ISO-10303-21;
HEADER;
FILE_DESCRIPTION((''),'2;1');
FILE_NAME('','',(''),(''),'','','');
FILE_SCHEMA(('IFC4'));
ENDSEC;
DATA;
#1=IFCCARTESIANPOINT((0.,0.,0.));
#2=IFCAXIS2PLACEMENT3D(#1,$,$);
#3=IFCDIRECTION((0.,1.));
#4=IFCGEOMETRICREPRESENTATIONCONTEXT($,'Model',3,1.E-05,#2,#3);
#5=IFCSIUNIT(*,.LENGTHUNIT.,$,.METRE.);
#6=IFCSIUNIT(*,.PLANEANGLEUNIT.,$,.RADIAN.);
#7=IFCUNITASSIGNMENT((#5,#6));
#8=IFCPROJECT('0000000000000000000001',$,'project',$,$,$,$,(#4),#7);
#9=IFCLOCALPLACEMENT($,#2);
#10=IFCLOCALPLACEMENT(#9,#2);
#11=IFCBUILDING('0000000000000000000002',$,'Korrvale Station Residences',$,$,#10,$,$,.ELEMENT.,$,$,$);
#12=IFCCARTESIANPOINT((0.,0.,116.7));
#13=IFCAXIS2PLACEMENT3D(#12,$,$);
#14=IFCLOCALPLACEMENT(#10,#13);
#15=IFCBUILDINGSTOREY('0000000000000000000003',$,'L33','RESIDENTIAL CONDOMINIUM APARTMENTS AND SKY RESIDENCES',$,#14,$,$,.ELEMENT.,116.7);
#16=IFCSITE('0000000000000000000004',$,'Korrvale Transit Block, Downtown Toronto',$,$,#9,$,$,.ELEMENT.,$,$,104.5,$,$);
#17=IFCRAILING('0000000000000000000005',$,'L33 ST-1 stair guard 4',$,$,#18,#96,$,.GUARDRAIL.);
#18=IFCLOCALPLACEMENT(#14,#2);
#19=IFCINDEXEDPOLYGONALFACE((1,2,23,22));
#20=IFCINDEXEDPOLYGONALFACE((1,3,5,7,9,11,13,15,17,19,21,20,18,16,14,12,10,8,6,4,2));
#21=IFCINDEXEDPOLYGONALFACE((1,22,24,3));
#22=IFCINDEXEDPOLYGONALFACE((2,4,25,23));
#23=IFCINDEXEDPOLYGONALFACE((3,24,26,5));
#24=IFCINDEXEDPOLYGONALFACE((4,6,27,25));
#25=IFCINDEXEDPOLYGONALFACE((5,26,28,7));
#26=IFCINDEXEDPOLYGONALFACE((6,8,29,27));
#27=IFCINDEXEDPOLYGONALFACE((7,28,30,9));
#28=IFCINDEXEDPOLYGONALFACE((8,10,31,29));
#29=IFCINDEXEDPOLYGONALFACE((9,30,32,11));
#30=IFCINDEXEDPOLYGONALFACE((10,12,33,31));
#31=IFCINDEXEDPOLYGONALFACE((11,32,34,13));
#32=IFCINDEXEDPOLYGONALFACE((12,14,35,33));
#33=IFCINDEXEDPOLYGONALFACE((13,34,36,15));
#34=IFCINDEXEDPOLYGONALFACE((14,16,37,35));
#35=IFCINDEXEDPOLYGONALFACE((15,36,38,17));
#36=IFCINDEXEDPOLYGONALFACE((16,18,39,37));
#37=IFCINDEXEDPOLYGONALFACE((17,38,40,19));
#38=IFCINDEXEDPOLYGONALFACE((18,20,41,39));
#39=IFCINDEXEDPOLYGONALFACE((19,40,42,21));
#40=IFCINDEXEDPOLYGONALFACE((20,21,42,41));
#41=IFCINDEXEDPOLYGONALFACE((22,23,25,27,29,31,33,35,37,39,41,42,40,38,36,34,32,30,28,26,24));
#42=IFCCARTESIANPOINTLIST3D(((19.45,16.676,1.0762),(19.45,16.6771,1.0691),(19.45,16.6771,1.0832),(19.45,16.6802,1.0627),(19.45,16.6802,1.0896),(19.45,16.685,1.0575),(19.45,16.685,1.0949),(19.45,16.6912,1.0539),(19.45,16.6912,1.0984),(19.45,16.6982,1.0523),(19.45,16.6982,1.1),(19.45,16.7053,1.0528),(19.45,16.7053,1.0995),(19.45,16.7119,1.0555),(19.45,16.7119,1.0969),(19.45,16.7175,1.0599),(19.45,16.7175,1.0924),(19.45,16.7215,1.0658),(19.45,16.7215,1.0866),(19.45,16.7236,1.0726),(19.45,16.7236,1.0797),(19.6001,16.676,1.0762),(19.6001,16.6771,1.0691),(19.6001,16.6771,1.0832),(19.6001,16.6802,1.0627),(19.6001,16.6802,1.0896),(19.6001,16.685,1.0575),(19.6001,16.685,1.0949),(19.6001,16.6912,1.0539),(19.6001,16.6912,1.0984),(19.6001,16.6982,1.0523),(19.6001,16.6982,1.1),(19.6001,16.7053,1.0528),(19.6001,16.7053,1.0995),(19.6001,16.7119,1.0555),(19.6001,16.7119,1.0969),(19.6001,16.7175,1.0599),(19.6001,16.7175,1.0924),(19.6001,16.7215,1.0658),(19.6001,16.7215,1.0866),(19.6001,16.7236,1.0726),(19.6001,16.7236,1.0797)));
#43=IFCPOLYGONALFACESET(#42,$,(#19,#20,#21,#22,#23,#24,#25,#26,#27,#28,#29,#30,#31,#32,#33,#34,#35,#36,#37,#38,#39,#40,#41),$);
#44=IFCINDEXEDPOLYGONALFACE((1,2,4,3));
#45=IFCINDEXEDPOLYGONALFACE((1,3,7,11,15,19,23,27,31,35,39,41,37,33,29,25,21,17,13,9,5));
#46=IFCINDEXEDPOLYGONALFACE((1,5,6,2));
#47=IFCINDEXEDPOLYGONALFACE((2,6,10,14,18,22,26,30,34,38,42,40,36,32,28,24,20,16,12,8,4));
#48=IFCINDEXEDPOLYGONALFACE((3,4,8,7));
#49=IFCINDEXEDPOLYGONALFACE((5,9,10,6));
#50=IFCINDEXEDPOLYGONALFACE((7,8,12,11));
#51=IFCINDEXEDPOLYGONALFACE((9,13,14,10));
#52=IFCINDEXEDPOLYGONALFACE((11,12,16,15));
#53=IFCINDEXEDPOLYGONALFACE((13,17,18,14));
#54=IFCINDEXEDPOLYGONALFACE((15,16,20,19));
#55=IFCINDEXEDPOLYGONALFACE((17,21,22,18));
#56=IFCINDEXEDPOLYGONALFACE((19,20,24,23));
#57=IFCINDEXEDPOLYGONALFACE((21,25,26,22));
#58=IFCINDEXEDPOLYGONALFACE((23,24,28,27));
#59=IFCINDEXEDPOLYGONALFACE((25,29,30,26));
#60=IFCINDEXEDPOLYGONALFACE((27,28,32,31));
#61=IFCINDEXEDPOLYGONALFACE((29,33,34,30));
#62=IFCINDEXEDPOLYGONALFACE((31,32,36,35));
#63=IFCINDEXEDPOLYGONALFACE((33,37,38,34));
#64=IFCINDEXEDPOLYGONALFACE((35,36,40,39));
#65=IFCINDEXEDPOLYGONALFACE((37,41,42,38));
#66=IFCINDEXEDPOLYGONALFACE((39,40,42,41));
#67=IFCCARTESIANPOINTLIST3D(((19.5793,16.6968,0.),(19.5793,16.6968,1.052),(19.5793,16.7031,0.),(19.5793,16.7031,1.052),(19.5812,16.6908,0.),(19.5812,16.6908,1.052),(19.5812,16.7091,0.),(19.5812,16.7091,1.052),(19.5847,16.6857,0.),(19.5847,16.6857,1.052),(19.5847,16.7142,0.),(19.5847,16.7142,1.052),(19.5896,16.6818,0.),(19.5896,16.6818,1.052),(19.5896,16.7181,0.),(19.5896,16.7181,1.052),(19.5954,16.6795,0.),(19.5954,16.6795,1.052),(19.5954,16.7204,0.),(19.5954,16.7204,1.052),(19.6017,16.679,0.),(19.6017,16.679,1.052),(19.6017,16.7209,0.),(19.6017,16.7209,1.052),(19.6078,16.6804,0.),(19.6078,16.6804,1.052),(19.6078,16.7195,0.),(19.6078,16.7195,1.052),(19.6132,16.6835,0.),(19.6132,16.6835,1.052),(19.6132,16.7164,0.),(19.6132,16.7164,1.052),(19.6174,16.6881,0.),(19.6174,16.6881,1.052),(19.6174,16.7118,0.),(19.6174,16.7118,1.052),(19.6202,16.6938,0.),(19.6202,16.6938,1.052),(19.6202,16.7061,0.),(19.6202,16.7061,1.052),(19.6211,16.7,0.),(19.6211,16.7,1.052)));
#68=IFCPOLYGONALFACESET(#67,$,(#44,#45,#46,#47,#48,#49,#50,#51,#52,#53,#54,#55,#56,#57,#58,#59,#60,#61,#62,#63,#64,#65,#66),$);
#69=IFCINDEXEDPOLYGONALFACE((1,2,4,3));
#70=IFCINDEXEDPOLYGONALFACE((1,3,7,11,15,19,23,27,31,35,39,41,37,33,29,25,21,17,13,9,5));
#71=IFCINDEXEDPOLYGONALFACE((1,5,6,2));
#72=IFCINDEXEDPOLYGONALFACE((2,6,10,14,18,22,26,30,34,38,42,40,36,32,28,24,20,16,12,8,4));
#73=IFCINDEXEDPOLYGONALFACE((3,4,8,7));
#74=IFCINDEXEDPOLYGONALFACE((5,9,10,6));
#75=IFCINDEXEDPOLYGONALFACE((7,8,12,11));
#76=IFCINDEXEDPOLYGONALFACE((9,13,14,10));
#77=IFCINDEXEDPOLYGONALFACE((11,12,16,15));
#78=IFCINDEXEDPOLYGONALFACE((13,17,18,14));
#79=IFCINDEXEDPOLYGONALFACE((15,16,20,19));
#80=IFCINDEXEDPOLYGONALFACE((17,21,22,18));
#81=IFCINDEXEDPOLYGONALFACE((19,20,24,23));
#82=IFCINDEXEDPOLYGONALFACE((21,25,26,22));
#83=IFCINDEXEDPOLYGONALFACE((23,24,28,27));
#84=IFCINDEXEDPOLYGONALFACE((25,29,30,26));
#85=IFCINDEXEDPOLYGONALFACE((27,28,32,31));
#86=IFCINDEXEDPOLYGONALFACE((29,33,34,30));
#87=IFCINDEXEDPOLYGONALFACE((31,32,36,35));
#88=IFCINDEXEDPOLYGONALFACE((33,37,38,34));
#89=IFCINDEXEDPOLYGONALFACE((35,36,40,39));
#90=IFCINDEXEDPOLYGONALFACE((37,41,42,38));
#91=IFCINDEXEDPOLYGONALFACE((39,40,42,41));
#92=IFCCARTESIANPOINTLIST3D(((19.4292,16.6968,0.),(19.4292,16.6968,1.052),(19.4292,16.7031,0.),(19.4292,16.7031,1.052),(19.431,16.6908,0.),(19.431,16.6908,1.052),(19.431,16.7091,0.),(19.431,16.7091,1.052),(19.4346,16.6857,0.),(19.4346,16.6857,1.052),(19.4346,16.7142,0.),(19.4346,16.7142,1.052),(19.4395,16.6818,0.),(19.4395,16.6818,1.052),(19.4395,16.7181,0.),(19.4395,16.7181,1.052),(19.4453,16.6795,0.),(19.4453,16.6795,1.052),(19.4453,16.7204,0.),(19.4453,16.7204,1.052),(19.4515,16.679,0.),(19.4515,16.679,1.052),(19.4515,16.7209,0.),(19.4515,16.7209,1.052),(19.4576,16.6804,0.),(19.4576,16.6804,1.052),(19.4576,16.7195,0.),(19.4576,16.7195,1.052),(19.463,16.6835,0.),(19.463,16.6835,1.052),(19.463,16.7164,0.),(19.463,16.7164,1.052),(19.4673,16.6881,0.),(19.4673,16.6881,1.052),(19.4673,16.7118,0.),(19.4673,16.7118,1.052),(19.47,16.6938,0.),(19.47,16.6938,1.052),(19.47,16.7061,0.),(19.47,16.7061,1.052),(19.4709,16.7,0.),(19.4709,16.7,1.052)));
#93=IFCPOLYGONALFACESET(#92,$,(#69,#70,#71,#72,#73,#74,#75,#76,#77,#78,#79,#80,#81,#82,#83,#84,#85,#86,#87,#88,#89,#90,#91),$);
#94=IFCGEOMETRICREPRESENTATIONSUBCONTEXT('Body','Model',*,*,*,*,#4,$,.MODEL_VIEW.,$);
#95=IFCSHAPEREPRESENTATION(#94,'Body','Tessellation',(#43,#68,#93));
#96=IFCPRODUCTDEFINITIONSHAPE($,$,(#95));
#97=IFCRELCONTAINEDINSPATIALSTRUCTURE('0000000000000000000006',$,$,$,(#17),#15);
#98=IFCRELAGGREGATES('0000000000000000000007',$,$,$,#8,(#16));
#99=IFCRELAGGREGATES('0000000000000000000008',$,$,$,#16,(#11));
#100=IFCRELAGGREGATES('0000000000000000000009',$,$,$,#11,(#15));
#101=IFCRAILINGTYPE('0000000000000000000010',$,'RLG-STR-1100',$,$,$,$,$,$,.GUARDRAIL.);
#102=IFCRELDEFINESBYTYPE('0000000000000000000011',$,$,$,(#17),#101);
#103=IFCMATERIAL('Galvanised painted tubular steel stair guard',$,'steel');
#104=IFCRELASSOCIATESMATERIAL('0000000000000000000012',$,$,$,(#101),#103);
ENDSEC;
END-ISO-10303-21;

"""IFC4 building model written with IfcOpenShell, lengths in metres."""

from ifc_helpers import new_model, si_unit, direction, frame, origin, origin_2d, place, context, subcontext, project, spatial, circle, extrude, material, type_object, element, save


model = new_model("IFC4")

# Units and contexts
model_context = context("Model", 3, precision=1e-05, world=origin(), true_north=direction((0.0, 1.0)))
body_context = subcontext(model_context, "Body", "Model", "MODEL_VIEW")
ifc_project = project(units=[si_unit("LENGTHUNIT", "METRE"), si_unit("PLANEANGLEUNIT", "RADIAN")], contexts=[model_context])

# Site, building, storey
site_placement = place(None, origin())
site = spatial("IfcSite", under=ifc_project, at=site_placement, Name="Korrvale Transit Block, Downtown Toronto", CompositionType="ELEMENT", RefElevation=104.5)
building_placement = place(site_placement, origin())
building = spatial("IfcBuilding", under=site, at=building_placement, Name="Korrvale Station Residences", CompositionType="ELEMENT")
storey_placement = place(building_placement, frame((0.0, 0.0, 116.7)))
storey = spatial("IfcBuildingStorey", under=building, at=storey_placement, Name="L33", Description="RESIDENTIAL CONDOMINIUM APARTMENTS AND SKY RESIDENCES", CompositionType="ELEMENT", Elevation=116.7)

# Railing
ifc_material_1 = material(Name="Galvanised painted tubular steel stair guard", Category="steel")
railing_type_1 = type_object("IfcRailingType", Name="RLG-STR-1100", PredefinedType="GUARDRAIL", material=ifc_material_1)
railing_1_placement = place(storey_placement, frame((19.6001, 16.7, 0.0)))
element("IfcRailing", 1, at=railing_1_placement, inside=storey, type_object=railing_type_1, Name="L33 ST-1 stair guard 4", PredefinedType="GUARDRAIL", context=body_context, shape_type="SweptSolid", body=[
    extrude(circle(Radius=0.0239, at=origin_2d()), frame((0.0, 0.0, 1.0762), z_axis=(-1.0, 0.0, 0.0), x_axis=(0.0, -1.0, 0.0)), (0.0, 0.0, 1.0), 0.1501),
    extrude(circle(Radius=0.021, at=origin_2d()), origin(), (0.0, 0.0, 1.0), 1.052),
    extrude(circle(Radius=0.021, at=origin_2d()), frame((-0.1501, 0.0, 0.0)), (0.0, 0.0, 1.0), 1.052),
])

save(model, "model.ifc")
